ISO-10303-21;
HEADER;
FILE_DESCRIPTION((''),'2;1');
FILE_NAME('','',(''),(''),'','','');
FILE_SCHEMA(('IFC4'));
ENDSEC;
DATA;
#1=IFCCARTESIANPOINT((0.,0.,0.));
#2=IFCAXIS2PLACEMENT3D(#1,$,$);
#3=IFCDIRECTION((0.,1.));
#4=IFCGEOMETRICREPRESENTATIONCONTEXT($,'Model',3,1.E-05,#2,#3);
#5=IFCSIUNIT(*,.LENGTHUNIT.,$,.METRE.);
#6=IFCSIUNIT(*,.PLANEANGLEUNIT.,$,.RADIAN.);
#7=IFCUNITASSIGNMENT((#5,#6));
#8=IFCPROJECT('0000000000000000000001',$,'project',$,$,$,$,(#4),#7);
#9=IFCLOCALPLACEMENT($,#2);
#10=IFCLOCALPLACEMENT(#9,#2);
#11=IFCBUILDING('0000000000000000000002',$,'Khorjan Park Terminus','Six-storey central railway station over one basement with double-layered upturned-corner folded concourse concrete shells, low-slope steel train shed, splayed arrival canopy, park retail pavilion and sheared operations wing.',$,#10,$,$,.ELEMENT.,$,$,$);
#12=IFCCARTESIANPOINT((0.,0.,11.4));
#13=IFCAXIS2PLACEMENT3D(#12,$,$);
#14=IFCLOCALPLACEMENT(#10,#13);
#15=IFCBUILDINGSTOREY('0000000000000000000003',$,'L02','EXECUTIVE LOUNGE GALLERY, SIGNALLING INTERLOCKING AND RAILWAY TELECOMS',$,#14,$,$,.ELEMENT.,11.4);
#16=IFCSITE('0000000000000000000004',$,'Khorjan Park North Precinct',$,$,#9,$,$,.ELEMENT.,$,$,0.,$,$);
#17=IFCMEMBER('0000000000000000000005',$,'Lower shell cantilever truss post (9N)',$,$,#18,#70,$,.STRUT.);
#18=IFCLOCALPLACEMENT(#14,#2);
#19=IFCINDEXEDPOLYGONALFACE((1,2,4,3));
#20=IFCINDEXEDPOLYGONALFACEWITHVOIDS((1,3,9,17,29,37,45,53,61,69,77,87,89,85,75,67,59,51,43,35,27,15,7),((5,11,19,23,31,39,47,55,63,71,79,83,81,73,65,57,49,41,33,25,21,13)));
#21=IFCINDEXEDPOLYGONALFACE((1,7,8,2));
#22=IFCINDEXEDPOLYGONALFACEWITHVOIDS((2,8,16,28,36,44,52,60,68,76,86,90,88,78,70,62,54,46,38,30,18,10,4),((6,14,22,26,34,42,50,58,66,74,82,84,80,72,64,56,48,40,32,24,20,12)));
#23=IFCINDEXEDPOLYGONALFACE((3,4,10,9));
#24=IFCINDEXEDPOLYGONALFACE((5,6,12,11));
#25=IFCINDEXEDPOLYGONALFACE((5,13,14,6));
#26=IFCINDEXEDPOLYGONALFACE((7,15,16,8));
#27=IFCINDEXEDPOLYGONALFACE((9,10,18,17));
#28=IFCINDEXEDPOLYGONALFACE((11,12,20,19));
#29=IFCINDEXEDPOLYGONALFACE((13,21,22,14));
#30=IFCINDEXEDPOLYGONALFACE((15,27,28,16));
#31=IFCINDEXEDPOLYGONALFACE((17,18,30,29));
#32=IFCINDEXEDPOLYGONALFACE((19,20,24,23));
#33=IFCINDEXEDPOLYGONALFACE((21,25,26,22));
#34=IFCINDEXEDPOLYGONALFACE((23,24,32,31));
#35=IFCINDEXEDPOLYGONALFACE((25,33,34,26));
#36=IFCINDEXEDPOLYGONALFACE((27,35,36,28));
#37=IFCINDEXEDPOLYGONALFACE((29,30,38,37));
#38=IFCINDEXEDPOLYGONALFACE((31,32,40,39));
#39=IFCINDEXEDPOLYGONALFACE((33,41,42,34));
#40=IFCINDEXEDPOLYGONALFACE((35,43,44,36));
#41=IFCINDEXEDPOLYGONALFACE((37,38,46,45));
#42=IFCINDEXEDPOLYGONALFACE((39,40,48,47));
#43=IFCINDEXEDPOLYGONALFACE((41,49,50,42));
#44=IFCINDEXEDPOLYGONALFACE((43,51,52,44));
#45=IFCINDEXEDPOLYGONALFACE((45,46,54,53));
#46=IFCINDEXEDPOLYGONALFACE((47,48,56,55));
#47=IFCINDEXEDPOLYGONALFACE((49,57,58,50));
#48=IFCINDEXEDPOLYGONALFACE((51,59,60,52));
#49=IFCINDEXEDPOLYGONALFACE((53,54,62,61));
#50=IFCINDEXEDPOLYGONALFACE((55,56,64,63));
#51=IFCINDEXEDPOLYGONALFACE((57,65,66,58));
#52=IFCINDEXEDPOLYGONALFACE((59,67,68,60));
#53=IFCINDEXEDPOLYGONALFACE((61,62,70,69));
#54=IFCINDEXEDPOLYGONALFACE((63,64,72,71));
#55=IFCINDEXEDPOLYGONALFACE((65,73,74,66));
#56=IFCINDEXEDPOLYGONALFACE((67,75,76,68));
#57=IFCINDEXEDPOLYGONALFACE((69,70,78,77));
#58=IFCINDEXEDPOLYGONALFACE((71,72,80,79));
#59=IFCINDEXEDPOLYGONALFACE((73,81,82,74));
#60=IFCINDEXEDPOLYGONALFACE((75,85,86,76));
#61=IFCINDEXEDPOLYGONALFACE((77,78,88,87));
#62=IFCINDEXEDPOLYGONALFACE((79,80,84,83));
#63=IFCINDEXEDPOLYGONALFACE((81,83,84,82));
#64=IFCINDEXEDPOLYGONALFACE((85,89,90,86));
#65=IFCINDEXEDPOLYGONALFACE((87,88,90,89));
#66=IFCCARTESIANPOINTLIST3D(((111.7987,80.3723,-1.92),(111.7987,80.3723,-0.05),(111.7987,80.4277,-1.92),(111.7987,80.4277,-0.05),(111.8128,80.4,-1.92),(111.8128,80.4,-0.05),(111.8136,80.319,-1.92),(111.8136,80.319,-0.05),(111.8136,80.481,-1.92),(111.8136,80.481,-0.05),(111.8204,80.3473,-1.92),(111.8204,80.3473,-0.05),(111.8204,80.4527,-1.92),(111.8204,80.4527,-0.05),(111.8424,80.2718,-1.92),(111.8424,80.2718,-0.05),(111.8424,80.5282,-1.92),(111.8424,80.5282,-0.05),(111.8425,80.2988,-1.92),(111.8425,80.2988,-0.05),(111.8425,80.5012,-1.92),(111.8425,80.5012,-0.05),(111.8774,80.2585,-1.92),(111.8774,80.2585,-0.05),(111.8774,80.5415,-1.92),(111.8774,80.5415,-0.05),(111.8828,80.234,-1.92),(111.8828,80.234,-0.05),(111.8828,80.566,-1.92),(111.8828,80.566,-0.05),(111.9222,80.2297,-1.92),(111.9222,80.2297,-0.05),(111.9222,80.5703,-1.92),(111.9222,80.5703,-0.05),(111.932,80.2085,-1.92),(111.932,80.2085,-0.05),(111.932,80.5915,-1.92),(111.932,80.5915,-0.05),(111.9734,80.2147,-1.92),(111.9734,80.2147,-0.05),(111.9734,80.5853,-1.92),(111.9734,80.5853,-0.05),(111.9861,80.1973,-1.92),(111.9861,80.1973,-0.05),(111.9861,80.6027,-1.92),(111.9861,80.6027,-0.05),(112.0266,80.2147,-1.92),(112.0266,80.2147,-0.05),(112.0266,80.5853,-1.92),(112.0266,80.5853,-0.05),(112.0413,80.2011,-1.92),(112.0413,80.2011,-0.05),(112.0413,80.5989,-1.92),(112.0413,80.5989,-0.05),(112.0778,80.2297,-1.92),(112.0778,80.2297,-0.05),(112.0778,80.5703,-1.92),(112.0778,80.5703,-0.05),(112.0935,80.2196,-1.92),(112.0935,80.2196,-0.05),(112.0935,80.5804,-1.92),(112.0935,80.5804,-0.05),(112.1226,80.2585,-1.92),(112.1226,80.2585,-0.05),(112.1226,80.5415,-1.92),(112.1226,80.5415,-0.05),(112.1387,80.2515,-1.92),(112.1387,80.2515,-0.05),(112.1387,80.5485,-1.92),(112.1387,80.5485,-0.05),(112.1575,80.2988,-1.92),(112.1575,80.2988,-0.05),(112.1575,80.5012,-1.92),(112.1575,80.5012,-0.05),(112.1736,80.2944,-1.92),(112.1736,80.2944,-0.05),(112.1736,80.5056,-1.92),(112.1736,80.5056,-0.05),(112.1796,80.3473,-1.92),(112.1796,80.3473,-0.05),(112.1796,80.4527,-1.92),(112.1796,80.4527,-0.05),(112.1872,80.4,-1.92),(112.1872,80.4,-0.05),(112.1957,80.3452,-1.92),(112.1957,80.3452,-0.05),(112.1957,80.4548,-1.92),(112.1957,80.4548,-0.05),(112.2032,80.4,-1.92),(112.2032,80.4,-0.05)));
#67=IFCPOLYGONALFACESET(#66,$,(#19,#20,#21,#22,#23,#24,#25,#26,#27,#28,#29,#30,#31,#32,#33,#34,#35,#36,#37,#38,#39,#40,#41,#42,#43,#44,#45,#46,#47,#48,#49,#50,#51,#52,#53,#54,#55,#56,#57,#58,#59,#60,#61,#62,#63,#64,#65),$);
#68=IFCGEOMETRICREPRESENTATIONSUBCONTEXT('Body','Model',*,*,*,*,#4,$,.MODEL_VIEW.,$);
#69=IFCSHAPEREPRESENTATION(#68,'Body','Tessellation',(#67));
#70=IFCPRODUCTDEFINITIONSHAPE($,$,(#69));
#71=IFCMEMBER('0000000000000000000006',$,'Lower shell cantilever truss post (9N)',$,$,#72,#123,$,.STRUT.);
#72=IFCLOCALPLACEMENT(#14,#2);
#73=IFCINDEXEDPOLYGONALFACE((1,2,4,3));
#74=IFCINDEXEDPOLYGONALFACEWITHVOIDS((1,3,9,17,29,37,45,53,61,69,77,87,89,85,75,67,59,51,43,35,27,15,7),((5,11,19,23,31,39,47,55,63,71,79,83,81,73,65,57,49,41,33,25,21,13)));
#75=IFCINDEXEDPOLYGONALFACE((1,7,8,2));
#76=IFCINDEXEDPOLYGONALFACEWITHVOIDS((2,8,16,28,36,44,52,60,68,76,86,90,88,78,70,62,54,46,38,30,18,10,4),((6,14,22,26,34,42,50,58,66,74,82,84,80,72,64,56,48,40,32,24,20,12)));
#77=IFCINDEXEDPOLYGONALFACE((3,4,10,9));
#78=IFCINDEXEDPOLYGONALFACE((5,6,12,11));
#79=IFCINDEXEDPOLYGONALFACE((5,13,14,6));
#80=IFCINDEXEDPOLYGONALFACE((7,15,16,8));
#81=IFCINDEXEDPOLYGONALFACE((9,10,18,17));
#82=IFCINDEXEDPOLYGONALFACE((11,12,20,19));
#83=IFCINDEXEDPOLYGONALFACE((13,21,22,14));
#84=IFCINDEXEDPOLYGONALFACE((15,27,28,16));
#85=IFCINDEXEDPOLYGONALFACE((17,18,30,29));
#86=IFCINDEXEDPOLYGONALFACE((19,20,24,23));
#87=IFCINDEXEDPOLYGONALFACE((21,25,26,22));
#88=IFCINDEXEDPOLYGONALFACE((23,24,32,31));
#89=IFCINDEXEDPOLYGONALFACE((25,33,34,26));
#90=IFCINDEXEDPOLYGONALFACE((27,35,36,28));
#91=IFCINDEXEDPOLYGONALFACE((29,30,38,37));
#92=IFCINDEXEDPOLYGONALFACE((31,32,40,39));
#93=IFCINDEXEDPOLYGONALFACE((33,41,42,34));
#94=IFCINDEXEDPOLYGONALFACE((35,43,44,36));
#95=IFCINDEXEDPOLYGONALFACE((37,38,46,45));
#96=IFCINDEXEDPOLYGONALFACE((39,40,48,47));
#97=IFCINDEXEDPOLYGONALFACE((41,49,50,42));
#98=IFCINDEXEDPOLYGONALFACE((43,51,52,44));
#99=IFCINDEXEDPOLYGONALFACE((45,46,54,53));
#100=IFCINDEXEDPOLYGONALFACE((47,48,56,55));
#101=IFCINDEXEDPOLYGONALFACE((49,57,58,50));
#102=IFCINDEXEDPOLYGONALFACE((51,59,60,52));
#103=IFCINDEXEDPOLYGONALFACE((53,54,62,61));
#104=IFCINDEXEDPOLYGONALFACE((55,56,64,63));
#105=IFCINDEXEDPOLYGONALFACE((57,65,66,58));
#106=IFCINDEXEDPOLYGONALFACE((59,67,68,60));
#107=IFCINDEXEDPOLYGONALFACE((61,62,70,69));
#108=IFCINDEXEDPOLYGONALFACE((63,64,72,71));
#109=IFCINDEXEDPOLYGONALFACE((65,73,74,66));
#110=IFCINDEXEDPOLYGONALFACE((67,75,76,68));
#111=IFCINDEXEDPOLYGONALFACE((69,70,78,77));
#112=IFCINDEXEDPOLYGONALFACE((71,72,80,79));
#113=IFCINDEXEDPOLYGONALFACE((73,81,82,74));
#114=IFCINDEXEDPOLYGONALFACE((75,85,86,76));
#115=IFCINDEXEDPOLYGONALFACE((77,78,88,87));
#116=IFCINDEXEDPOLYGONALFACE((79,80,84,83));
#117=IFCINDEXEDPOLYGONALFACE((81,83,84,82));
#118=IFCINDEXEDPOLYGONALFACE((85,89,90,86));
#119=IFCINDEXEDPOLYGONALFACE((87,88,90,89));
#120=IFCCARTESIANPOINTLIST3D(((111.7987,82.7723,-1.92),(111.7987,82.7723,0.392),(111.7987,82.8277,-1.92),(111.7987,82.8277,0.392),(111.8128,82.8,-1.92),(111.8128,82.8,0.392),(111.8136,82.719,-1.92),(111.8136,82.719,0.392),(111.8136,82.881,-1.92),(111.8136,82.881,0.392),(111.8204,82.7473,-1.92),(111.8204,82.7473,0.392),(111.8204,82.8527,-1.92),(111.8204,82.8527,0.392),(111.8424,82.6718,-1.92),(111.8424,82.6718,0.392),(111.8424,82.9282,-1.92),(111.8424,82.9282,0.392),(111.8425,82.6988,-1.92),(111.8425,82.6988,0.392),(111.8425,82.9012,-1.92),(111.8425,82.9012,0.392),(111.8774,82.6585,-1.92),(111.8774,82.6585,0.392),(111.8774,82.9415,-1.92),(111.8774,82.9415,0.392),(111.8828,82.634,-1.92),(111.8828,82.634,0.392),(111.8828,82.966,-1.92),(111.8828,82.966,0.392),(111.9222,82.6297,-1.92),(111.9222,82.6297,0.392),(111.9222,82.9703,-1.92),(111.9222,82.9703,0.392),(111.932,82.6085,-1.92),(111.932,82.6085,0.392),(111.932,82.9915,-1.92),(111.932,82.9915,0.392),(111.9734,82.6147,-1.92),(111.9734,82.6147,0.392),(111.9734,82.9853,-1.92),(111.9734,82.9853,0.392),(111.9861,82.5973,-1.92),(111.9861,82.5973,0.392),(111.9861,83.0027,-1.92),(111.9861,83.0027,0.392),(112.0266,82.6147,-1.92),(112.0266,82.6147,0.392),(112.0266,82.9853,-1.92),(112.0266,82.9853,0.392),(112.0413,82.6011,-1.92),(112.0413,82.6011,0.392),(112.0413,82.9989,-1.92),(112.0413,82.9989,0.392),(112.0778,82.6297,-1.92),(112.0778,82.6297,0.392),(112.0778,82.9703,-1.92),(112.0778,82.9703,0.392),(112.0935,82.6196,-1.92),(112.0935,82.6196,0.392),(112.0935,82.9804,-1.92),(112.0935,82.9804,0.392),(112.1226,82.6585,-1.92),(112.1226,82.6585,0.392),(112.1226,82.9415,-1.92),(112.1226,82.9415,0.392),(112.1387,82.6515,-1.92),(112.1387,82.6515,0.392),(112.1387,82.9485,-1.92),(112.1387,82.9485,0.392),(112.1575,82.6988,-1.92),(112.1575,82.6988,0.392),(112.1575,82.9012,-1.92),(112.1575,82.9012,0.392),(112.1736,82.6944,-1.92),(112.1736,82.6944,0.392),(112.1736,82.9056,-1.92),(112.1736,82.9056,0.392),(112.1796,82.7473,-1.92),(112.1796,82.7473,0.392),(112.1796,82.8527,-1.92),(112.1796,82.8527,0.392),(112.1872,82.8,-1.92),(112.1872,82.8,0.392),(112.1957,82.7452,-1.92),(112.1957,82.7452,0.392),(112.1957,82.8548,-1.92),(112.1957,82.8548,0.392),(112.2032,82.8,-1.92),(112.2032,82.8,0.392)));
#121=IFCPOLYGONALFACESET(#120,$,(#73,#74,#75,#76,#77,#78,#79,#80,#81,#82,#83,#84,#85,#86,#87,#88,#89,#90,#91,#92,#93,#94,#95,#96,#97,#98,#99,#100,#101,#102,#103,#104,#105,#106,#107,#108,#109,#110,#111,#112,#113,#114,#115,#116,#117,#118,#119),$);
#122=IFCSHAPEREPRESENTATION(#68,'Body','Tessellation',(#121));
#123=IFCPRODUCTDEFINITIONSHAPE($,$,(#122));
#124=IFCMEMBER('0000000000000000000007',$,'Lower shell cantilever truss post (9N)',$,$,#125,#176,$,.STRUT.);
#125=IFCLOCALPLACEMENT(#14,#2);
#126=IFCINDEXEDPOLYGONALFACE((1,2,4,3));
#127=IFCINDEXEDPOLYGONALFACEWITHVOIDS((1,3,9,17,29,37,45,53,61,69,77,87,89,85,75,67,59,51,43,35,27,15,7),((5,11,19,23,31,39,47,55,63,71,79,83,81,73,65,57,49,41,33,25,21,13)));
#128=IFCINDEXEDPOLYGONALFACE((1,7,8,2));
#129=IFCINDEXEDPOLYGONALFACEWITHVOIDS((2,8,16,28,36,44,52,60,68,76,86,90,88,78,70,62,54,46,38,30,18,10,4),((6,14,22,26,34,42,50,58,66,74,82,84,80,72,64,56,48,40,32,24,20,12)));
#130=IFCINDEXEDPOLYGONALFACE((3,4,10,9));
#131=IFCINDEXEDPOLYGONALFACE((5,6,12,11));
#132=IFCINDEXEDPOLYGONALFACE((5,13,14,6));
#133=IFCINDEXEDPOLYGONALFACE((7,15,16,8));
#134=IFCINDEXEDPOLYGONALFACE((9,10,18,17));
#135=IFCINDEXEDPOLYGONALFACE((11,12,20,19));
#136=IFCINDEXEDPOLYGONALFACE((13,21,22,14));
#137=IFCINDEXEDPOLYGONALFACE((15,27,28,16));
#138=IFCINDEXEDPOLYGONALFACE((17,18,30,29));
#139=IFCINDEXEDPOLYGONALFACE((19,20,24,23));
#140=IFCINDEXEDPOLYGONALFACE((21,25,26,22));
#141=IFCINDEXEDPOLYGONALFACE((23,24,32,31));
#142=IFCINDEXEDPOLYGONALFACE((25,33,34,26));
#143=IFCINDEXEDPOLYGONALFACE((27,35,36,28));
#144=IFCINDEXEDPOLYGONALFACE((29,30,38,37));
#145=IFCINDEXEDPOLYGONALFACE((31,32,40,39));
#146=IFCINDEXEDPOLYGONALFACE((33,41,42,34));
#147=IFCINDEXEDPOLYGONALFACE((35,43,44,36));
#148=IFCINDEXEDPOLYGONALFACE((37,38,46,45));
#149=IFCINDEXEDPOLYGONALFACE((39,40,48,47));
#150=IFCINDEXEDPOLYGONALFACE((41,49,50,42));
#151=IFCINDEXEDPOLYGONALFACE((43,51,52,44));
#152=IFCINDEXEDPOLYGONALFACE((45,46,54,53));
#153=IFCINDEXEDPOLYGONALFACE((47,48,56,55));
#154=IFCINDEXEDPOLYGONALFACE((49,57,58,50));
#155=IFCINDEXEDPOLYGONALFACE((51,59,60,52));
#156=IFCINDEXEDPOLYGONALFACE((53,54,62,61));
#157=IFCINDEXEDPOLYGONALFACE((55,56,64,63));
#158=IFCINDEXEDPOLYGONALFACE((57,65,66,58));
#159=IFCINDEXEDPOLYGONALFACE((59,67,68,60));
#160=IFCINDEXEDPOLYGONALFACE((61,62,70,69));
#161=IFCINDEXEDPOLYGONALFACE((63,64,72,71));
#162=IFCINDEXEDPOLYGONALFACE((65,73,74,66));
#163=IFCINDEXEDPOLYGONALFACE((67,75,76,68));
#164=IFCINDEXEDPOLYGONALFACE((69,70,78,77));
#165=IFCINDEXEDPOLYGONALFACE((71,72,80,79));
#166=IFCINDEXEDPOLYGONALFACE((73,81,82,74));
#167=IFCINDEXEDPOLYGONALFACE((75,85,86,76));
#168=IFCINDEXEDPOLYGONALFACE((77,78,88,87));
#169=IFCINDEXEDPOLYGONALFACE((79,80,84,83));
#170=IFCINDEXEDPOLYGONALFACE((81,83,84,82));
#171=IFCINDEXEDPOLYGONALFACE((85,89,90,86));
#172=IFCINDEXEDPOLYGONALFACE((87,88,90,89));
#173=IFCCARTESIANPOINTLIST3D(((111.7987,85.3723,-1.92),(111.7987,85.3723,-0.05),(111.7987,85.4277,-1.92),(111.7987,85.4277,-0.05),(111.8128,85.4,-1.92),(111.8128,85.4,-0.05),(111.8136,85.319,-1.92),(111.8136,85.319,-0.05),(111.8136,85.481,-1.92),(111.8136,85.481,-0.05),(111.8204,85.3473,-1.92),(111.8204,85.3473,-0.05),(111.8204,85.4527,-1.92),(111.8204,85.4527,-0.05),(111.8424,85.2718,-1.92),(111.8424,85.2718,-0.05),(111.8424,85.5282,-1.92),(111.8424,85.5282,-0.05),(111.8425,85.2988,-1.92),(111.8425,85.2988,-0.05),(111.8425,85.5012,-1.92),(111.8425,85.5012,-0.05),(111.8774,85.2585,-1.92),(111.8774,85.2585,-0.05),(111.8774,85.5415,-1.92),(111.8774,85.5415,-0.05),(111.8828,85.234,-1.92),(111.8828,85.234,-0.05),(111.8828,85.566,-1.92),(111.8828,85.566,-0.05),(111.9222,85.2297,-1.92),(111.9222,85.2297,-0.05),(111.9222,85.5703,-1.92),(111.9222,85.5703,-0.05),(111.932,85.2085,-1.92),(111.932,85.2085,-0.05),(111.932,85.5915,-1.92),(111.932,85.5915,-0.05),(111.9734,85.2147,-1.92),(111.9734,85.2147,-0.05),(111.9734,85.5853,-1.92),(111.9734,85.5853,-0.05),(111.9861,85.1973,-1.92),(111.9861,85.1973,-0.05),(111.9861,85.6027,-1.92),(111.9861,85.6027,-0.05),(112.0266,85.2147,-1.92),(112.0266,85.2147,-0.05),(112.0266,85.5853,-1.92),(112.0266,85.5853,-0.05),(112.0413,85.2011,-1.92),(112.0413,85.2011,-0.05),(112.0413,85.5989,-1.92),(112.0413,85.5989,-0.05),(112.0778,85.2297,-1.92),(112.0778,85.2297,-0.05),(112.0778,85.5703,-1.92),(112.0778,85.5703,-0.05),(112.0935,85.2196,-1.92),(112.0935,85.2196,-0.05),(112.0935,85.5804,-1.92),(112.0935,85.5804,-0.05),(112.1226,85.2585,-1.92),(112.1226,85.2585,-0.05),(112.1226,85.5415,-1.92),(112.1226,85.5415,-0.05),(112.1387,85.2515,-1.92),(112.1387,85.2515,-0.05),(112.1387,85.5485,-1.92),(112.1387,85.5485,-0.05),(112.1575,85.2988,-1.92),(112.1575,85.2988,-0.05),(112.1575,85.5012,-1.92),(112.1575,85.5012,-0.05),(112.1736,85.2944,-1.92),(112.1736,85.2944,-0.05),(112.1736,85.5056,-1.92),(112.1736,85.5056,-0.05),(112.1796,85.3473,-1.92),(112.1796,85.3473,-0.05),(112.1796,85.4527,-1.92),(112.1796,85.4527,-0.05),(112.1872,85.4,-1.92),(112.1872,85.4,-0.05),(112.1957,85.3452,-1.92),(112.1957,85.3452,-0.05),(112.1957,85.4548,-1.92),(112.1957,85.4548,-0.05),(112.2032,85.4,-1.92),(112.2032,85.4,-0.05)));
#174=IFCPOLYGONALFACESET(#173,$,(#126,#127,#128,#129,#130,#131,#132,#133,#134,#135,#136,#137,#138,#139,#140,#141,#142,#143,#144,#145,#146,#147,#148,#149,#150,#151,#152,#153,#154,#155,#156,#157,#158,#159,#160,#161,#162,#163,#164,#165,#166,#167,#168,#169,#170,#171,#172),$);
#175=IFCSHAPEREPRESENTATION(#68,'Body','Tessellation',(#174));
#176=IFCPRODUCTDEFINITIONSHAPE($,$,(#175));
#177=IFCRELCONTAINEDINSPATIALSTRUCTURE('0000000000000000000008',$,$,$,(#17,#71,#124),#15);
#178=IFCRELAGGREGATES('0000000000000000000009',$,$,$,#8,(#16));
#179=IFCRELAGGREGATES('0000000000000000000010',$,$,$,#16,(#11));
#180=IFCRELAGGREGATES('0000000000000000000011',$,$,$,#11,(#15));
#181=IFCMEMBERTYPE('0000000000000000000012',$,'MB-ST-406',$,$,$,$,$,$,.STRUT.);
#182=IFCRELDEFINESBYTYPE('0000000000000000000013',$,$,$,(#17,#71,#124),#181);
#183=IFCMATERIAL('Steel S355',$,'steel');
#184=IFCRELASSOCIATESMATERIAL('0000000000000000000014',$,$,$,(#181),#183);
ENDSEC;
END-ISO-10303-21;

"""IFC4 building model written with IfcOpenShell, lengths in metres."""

from ifc_helpers import new_model, si_unit, direction, frame, origin, origin_2d, place, context, subcontext, project, spatial, hollow_circle, extrude, material, material_profile, profile_set, type_object, element, save


model = new_model("IFC4")

# Units and contexts
model_context = context("Model", 3, precision=1e-05, world=origin(), true_north=direction((0.0, 1.0)))
body_context = subcontext(model_context, "Body", "Model", "MODEL_VIEW")
ifc_project = project(units=[si_unit("LENGTHUNIT", "METRE"), si_unit("PLANEANGLEUNIT", "RADIAN")], contexts=[model_context])

# Site, building, storey
site_placement = place(None, origin())
site = spatial("IfcSite", under=ifc_project, at=site_placement, Name="Khorjan Park North Precinct", CompositionType="ELEMENT", RefElevation=0.0)
building_placement = place(site_placement, origin())
building = spatial("IfcBuilding", under=site, at=building_placement, Name="Khorjan Park Terminus", Description="Six-storey central railway station over one basement with double-layered upturned-corner folded concourse concrete shells, low-slope steel train shed, splayed arrival canopy, park retail pavilion and sheared operations wing.", CompositionType="ELEMENT")
storey_placement = place(building_placement, frame((0.0, 0.0, 11.4)))
storey = spatial("IfcBuildingStorey", under=building, at=storey_placement, Name="L02", Description="EXECUTIVE LOUNGE GALLERY, SIGNALLING INTERLOCKING AND RAILWAY TELECOMS", CompositionType="ELEMENT", Elevation=11.4)

# Members
ifc_material_1 = material(Name="Steel S355", Category="steel")
ifc_material_profile_1 = material_profile(ifc_material_1, hollow_circle(Radius=0.2032, WallThickness=0.016, at=origin_2d()), Name="CHS 406.4x16")
ifc_profile_set_1 = profile_set([ifc_material_profile_1], Name="Steel S355")
member_type_1 = type_object("IfcMemberType", Name="MB-ST-406", PredefinedType="STRUT", material=ifc_profile_set_1)
for number, where, z_axis, x_axis, name in (
    (1, (112.0, 80.4, -1.92), (0.0, 0.0, 1.0), (1.0, 0.0, 0.0), "Lower shell cantilever truss post (9N)"),
):
    element("IfcMember", number, at=place(storey_placement, frame(where, z_axis=z_axis, x_axis=x_axis)), inside=storey, type_object=member_type_1, Name=name, PredefinedType="STRUT", context=body_context, shape_type="SweptSolid", body=[
        extrude(hollow_circle(Radius=0.2032, WallThickness=0.016, at=origin_2d()), origin(), (0.0, 0.0, 1.0), 1.87),
    ])
member_1_placement = place(storey_placement, frame((112.0, 82.8, -1.92), z_axis=(0.0, 0.0, 1.0), x_axis=(1.0, 0.0, 0.0)))
element("IfcMember", 2, at=member_1_placement, inside=storey, type_object=member_type_1, Name="Lower shell cantilever truss post (9N)", PredefinedType="STRUT", context=body_context, shape_type="SweptSolid", body=[
    extrude(hollow_circle(Radius=0.2032, WallThickness=0.016, at=origin_2d()), origin(), (0.0, 0.0, 1.0), 2.312),
])
for number, where, z_axis, x_axis, name in (
    (3, (112.0, 85.4, -1.92), (0.0, 0.0, 1.0), (1.0, 0.0, 0.0), "Lower shell cantilever truss post (9N)"),
):
    element("IfcMember", number, at=place(storey_placement, frame(where, z_axis=z_axis, x_axis=x_axis)), inside=storey, type_object=member_type_1, Name=name, PredefinedType="STRUT", context=body_context, shape_type="SweptSolid", body=[
        extrude(hollow_circle(Radius=0.2032, WallThickness=0.016, at=origin_2d()), origin(), (0.0, 0.0, 1.0), 1.87),
    ])

save(model, "model.ifc")
